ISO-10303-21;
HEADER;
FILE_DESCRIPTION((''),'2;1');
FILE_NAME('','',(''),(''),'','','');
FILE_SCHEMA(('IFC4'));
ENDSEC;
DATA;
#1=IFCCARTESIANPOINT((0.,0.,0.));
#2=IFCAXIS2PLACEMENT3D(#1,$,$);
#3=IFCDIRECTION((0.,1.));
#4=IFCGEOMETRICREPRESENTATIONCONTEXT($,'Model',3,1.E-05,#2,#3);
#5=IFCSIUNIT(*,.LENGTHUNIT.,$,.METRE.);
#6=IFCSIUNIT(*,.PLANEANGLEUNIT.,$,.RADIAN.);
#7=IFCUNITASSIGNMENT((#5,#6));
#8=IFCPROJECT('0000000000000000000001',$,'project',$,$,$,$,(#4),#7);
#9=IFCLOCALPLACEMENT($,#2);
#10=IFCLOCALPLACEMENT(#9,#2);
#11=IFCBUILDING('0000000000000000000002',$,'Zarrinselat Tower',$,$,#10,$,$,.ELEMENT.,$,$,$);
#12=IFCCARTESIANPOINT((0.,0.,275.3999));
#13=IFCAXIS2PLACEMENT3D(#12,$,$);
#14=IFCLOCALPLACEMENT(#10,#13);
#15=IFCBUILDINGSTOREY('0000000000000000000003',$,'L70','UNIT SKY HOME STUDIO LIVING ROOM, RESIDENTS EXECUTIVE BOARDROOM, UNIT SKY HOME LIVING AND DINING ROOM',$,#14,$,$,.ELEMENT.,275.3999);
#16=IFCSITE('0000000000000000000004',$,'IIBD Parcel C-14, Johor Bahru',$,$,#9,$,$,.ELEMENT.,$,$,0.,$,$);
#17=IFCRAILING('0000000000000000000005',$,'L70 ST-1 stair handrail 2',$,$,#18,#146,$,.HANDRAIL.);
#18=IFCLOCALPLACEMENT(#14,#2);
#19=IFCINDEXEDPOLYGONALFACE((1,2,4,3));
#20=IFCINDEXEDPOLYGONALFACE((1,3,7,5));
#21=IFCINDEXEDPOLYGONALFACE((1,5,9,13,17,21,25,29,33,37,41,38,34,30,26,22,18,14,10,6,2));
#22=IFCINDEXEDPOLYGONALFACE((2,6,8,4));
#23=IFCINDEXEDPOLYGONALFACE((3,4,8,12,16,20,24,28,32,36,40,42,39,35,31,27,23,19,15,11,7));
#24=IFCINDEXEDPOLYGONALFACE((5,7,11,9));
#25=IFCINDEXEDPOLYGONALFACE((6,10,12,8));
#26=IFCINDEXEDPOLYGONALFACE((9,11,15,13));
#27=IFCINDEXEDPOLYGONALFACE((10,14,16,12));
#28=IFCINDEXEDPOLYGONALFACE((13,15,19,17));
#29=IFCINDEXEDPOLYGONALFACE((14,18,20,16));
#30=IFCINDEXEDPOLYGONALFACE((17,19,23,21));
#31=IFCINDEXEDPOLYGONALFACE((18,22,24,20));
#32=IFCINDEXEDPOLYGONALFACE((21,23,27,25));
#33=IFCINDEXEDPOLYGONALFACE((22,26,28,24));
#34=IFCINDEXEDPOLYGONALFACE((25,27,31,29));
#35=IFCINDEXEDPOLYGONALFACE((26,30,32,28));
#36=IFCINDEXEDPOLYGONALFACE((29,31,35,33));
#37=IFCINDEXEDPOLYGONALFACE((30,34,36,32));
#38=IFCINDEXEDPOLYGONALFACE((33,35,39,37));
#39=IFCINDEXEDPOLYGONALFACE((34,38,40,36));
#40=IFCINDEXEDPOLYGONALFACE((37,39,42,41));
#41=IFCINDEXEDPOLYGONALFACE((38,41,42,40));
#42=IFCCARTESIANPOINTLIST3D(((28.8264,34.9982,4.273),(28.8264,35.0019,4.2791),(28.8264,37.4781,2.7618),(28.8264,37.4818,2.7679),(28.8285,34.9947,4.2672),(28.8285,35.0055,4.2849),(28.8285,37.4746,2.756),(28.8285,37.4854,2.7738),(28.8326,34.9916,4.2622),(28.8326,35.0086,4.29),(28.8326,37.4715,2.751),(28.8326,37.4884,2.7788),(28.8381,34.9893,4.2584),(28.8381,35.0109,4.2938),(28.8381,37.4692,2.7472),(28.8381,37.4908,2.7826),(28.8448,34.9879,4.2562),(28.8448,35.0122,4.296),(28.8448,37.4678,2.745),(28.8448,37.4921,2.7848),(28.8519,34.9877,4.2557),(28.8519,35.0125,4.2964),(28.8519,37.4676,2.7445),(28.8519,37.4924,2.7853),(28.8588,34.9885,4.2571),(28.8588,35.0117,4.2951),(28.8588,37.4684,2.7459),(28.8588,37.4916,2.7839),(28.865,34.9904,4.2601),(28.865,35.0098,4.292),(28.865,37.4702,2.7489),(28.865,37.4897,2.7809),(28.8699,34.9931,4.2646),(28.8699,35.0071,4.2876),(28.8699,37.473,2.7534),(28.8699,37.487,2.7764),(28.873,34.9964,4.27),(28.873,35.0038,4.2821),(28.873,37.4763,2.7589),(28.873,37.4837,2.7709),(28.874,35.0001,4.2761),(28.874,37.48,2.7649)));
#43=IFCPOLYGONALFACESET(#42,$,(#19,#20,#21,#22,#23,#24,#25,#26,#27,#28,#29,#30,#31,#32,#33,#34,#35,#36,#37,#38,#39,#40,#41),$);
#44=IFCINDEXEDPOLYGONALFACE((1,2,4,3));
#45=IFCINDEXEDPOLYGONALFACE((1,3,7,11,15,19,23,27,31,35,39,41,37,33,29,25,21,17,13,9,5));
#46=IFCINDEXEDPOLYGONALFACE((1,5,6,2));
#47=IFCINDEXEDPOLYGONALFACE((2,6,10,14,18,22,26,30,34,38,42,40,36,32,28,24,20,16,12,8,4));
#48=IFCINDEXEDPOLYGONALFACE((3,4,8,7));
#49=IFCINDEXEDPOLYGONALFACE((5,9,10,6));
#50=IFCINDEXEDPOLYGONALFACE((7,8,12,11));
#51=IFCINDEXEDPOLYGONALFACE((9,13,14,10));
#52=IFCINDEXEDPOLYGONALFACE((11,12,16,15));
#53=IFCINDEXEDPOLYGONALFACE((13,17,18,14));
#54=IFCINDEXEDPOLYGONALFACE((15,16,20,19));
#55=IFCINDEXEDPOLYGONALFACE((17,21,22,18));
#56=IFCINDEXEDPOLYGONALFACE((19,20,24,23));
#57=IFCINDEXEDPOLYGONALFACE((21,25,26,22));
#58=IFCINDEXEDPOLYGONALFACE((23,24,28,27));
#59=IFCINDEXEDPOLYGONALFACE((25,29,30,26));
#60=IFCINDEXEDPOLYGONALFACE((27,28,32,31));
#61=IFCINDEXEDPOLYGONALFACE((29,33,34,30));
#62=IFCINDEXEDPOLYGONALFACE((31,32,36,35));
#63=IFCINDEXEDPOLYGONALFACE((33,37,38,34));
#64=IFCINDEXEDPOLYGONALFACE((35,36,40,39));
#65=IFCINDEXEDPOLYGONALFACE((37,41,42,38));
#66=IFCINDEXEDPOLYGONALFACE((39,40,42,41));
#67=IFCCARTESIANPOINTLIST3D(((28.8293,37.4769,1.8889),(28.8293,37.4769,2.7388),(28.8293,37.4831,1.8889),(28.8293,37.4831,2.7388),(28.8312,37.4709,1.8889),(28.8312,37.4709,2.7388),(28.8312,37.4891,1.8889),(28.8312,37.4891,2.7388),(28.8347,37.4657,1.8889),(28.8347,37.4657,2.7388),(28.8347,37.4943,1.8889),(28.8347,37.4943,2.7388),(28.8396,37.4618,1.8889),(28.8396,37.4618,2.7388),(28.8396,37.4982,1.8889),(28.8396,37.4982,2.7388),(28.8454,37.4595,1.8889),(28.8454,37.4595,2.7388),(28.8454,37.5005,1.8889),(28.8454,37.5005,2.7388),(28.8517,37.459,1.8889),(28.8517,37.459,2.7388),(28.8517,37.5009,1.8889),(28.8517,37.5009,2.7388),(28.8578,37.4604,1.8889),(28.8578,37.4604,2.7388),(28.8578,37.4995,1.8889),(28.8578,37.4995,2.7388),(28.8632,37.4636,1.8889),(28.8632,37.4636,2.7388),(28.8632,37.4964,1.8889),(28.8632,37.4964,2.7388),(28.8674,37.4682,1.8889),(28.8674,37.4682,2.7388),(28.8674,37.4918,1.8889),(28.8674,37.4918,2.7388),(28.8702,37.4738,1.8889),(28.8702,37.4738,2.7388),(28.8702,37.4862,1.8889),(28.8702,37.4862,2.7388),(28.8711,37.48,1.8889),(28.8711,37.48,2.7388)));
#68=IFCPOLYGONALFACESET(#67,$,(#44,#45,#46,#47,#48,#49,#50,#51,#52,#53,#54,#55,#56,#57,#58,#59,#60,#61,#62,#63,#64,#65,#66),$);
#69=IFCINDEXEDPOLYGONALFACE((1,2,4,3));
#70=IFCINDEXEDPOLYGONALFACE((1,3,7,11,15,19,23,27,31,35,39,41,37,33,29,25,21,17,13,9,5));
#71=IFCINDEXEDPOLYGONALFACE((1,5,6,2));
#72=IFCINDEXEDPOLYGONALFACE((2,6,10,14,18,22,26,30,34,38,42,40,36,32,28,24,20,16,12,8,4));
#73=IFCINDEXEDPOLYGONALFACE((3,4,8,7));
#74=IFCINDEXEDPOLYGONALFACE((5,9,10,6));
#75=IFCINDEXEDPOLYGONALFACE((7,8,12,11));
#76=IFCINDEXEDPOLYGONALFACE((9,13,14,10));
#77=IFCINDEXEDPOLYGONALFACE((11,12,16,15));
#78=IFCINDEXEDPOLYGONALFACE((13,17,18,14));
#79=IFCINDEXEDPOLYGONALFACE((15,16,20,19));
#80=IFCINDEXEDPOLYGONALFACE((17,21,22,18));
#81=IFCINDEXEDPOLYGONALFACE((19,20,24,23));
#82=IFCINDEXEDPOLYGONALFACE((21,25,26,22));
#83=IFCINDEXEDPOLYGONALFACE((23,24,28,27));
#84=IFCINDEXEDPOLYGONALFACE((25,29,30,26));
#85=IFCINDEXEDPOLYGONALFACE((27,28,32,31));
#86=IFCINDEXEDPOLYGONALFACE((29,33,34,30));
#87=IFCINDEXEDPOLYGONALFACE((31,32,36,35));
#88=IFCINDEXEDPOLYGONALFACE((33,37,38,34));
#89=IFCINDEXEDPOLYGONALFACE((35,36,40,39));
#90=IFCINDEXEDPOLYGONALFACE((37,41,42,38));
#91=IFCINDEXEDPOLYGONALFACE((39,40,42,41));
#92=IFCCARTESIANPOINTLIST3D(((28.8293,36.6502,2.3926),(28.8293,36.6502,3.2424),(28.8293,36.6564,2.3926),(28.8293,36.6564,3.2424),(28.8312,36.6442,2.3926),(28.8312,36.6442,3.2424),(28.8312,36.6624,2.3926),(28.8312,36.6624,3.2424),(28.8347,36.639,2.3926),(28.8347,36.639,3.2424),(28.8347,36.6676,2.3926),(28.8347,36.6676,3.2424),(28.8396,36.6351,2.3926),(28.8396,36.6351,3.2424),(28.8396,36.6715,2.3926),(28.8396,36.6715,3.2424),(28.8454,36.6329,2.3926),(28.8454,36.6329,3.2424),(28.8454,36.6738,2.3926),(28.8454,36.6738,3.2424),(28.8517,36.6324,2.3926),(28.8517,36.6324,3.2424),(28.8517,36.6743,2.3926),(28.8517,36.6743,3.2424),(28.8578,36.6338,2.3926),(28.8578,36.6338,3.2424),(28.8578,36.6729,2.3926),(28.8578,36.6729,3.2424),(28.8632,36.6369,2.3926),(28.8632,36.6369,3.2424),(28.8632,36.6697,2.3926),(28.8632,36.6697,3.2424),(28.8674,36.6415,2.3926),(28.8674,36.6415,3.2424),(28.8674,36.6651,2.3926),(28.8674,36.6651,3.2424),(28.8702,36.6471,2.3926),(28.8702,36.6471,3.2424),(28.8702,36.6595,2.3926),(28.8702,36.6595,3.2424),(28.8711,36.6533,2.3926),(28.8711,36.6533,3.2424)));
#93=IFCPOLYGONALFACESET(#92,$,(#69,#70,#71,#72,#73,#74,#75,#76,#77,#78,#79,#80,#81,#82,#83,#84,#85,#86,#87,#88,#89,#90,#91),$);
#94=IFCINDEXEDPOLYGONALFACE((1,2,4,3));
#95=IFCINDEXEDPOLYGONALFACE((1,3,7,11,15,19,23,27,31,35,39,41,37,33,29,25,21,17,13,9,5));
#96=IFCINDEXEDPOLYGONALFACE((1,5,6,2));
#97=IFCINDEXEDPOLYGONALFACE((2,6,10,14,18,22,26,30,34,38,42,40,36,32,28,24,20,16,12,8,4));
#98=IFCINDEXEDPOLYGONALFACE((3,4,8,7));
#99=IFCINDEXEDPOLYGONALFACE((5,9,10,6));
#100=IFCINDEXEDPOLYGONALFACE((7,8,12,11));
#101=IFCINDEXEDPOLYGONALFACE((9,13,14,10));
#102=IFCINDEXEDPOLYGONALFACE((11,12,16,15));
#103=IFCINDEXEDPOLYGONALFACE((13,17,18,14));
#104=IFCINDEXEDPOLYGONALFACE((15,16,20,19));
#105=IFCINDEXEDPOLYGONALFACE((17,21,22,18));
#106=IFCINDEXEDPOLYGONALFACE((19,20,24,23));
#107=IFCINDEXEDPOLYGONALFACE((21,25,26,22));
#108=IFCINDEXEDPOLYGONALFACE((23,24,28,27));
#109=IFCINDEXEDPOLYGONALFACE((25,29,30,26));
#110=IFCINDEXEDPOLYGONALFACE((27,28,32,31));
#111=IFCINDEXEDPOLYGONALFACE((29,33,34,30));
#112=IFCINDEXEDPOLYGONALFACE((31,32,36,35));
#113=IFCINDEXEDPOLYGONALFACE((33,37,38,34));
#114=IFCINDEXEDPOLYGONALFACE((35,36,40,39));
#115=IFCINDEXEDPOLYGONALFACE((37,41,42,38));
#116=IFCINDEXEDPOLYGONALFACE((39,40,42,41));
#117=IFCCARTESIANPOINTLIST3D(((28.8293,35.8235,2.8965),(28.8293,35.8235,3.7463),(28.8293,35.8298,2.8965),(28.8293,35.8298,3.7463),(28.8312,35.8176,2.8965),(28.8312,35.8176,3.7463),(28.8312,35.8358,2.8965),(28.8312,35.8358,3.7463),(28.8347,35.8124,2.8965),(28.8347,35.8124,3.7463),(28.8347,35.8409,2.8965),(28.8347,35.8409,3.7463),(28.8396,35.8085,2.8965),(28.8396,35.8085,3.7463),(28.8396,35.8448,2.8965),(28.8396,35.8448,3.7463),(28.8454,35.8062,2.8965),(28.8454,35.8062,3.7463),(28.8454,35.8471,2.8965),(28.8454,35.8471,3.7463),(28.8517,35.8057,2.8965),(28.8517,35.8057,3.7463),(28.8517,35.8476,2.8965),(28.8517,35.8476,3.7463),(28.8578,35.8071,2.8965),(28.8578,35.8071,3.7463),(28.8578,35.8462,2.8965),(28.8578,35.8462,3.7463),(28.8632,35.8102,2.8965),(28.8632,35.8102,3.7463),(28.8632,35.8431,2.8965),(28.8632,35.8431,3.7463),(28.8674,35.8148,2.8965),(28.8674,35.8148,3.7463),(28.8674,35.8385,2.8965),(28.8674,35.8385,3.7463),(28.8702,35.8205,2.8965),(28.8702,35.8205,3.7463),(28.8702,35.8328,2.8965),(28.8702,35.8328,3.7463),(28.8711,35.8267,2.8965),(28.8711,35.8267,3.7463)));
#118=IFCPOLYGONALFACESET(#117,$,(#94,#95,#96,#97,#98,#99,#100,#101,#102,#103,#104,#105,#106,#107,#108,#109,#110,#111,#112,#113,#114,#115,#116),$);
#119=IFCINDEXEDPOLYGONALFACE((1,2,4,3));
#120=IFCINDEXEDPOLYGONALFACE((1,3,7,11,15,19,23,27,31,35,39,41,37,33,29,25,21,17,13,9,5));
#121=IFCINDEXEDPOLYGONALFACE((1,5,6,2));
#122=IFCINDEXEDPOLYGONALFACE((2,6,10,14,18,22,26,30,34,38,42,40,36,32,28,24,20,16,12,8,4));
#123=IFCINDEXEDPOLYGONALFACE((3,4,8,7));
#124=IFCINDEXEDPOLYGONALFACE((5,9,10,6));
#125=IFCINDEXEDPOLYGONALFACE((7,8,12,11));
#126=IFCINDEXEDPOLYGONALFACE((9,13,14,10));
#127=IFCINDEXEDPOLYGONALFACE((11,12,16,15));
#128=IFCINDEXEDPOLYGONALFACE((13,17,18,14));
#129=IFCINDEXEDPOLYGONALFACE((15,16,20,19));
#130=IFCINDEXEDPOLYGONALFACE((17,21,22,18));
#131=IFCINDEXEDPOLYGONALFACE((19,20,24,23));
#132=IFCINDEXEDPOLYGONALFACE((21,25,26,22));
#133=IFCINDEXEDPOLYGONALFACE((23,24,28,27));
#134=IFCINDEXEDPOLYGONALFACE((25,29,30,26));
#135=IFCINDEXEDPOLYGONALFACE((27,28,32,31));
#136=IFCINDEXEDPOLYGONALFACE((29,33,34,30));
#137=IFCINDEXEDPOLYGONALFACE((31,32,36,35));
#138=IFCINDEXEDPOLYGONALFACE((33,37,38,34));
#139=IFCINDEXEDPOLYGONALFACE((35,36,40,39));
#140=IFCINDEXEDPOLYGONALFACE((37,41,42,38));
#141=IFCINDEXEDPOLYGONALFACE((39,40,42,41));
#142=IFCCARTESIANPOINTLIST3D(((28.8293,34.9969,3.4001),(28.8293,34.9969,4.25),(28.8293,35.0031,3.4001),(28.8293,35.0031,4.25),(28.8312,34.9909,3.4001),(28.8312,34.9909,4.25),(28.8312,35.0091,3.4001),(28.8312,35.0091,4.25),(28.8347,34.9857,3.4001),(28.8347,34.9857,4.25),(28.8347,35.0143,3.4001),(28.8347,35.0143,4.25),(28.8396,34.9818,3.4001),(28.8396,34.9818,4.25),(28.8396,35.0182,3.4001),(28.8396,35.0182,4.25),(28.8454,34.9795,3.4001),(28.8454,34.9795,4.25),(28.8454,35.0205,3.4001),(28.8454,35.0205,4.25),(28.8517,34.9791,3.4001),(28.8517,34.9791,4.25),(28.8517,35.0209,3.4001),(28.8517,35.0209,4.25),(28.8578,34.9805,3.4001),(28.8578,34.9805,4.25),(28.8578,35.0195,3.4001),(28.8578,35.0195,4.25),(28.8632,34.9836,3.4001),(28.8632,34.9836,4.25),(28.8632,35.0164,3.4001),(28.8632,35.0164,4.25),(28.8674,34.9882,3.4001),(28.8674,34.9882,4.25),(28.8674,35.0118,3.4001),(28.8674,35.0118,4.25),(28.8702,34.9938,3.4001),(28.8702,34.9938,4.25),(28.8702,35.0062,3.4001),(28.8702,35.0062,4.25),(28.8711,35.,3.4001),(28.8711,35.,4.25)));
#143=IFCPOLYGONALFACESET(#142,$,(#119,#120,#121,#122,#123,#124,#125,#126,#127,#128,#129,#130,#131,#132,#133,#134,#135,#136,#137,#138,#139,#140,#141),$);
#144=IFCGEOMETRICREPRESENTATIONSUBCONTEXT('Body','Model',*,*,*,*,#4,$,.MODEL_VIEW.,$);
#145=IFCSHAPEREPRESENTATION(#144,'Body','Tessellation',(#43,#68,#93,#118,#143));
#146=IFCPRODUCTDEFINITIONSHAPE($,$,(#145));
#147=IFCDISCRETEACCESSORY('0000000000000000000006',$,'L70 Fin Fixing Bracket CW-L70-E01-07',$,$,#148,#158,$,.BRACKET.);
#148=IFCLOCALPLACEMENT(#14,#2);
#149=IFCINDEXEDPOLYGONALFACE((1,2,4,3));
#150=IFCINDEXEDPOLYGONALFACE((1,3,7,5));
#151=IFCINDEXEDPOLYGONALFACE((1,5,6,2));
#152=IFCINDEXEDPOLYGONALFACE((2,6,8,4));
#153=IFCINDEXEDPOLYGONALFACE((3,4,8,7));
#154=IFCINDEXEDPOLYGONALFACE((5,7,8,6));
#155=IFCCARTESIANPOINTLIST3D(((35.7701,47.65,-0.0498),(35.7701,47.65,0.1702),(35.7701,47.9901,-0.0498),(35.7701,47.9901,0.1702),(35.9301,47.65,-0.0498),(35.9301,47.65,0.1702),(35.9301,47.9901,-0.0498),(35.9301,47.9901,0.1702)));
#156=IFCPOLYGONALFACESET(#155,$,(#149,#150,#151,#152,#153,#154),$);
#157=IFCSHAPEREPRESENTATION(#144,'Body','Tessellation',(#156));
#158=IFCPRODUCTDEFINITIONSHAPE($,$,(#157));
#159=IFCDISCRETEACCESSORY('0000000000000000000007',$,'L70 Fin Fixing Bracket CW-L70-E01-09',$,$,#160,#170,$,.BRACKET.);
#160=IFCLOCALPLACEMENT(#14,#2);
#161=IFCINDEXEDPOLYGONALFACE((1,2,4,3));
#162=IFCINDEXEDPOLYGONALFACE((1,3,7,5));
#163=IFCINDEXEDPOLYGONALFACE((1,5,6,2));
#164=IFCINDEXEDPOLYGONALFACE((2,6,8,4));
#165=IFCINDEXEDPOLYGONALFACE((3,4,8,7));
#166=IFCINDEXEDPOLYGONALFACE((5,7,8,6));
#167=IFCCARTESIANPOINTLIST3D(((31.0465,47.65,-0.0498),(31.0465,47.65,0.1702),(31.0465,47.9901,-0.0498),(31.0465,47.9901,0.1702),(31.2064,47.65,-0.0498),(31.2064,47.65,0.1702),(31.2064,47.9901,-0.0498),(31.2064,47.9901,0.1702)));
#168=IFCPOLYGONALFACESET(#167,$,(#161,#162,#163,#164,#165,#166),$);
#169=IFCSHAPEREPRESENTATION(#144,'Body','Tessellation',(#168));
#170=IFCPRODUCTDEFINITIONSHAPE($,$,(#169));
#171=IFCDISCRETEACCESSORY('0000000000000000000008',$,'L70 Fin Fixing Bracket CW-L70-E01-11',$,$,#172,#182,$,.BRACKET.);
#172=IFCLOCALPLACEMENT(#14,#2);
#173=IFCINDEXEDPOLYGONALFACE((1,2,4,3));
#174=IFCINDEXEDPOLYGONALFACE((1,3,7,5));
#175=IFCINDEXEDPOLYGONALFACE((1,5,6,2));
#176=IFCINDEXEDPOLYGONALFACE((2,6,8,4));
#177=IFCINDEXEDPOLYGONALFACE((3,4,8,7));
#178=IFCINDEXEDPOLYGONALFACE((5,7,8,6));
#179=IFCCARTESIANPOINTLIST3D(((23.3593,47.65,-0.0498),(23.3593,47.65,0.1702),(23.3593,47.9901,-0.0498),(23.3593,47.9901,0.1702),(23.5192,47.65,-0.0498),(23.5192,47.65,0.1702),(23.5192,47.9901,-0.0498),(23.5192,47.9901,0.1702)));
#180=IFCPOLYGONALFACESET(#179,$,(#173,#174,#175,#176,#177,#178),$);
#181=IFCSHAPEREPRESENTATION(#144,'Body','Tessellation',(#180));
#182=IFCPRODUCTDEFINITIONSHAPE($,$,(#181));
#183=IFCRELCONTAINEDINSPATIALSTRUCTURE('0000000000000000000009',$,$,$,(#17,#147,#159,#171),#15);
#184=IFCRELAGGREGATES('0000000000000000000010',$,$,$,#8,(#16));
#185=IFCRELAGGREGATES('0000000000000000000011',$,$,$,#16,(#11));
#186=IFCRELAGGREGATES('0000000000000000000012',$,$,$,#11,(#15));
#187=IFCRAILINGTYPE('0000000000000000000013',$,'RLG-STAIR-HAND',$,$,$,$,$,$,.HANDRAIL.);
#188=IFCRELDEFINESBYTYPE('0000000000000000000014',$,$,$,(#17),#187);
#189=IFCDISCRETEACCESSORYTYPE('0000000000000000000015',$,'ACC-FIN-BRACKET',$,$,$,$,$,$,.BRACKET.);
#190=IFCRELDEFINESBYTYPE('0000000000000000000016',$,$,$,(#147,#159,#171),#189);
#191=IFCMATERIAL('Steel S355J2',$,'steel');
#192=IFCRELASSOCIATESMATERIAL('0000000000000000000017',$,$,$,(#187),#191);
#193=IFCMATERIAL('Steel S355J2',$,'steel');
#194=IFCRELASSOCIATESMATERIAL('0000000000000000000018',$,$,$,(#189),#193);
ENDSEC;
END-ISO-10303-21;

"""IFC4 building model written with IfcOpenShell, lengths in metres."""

from ifc_helpers import new_model, si_unit, direction, frame, origin, origin_2d, place, context, subcontext, project, spatial, rectangle, circle, extrude, material, type_object, element, save


model = new_model("IFC4")

# Units and contexts
model_context = context("Model", 3, precision=1e-05, world=origin(), true_north=direction((0.0, 1.0)))
body_context = subcontext(model_context, "Body", "Model", "MODEL_VIEW")
ifc_project = project(units=[si_unit("LENGTHUNIT", "METRE"), si_unit("PLANEANGLEUNIT", "RADIAN")], contexts=[model_context])

# Site, building, storey
site_placement = place(None, origin())
site = spatial("IfcSite", under=ifc_project, at=site_placement, Name="IIBD Parcel C-14, Johor Bahru", CompositionType="ELEMENT", RefElevation=0.0)
building_placement = place(site_placement, origin())
building = spatial("IfcBuilding", under=site, at=building_placement, Name="Zarrinselat Tower", CompositionType="ELEMENT")
storey_placement = place(building_placement, frame((0.0, 0.0, 275.3999)))
storey = spatial("IfcBuildingStorey", under=building, at=storey_placement, Name="L70", Description="UNIT SKY HOME STUDIO LIVING ROOM, RESIDENTS EXECUTIVE BOARDROOM, UNIT SKY HOME LIVING AND DINING ROOM", CompositionType="ELEMENT", Elevation=275.3999)

# Railing
ifc_material_1 = material(Name="Steel S355J2", Category="steel")
railing_type_1 = type_object("IfcRailingType", Name="RLG-STAIR-HAND", PredefinedType="HANDRAIL", material=ifc_material_1)
railing_1_placement = place(storey_placement, frame((28.8501, 37.48, 1.8889)))
element("IfcRailing", 1, at=railing_1_placement, inside=storey, type_object=railing_type_1, Name="L70 ST-1 stair handrail 2", PredefinedType="HANDRAIL", context=body_context, shape_type="SweptSolid", body=[
    extrude(circle(Radius=0.0239, at=origin_2d()), frame((0.0, 0.0, 0.876), z_axis=(0.0, -0.853942, 0.520368), x_axis=(1.0, 0.0, 0.0)), (0.0, 0.0, 1.0), 2.9041),
    extrude(circle(Radius=0.021, at=origin_2d()), origin(), (0.0, 0.0, 1.0), 0.8499),
    extrude(circle(Radius=0.021, at=origin_2d()), frame((0.0, -0.8267, 0.5037)), (0.0, 0.0, 1.0), 0.8499),
    extrude(circle(Radius=0.021, at=origin_2d()), frame((0.0, -1.6533, 1.0076)), (0.0, 0.0, 1.0), 0.8499),
    extrude(circle(Radius=0.021, at=origin_2d()), frame((0.0, -2.48, 1.5112)), (0.0, 0.0, 1.0), 0.8499),
])

# Discrete accessories
ifc_material_2 = material(Name="Steel S355J2", Category="steel")
discrete_accessory_type = type_object("IfcDiscreteAccessoryType", Name="ACC-FIN-BRACKET", PredefinedType="BRACKET", material=ifc_material_2)
for number, where, z_axis, x_axis, name in (
    (2, (35.8501, 47.8201, -0.0498), (0.0, 0.0, 1.0), (0.0, 1.0, 0.0), "L70 Fin Fixing Bracket CW-L70-E01-07"),
    (3, (31.1265, 47.8201, -0.0498), (0.0, 0.0, 1.0), (0.0, 1.0, 0.0), "L70 Fin Fixing Bracket CW-L70-E01-09"),
    (4, (23.4392, 47.8201, -0.0498), (0.0, 0.0, 1.0), (0.0, 1.0, 0.0), "L70 Fin Fixing Bracket CW-L70-E01-11"),
):
    element("IfcDiscreteAccessory", number, at=place(storey_placement, frame(where, z_axis=z_axis, x_axis=x_axis)), inside=storey, type_object=discrete_accessory_type, Name=name, PredefinedType="BRACKET", context=body_context, shape_type="SweptSolid", body=[
        extrude(rectangle(XDim=0.3401, YDim=0.1599, at=origin_2d()), origin(), (0.0, 0.0, 1.0), 0.22),
    ])

save(model, "model.ifc")
